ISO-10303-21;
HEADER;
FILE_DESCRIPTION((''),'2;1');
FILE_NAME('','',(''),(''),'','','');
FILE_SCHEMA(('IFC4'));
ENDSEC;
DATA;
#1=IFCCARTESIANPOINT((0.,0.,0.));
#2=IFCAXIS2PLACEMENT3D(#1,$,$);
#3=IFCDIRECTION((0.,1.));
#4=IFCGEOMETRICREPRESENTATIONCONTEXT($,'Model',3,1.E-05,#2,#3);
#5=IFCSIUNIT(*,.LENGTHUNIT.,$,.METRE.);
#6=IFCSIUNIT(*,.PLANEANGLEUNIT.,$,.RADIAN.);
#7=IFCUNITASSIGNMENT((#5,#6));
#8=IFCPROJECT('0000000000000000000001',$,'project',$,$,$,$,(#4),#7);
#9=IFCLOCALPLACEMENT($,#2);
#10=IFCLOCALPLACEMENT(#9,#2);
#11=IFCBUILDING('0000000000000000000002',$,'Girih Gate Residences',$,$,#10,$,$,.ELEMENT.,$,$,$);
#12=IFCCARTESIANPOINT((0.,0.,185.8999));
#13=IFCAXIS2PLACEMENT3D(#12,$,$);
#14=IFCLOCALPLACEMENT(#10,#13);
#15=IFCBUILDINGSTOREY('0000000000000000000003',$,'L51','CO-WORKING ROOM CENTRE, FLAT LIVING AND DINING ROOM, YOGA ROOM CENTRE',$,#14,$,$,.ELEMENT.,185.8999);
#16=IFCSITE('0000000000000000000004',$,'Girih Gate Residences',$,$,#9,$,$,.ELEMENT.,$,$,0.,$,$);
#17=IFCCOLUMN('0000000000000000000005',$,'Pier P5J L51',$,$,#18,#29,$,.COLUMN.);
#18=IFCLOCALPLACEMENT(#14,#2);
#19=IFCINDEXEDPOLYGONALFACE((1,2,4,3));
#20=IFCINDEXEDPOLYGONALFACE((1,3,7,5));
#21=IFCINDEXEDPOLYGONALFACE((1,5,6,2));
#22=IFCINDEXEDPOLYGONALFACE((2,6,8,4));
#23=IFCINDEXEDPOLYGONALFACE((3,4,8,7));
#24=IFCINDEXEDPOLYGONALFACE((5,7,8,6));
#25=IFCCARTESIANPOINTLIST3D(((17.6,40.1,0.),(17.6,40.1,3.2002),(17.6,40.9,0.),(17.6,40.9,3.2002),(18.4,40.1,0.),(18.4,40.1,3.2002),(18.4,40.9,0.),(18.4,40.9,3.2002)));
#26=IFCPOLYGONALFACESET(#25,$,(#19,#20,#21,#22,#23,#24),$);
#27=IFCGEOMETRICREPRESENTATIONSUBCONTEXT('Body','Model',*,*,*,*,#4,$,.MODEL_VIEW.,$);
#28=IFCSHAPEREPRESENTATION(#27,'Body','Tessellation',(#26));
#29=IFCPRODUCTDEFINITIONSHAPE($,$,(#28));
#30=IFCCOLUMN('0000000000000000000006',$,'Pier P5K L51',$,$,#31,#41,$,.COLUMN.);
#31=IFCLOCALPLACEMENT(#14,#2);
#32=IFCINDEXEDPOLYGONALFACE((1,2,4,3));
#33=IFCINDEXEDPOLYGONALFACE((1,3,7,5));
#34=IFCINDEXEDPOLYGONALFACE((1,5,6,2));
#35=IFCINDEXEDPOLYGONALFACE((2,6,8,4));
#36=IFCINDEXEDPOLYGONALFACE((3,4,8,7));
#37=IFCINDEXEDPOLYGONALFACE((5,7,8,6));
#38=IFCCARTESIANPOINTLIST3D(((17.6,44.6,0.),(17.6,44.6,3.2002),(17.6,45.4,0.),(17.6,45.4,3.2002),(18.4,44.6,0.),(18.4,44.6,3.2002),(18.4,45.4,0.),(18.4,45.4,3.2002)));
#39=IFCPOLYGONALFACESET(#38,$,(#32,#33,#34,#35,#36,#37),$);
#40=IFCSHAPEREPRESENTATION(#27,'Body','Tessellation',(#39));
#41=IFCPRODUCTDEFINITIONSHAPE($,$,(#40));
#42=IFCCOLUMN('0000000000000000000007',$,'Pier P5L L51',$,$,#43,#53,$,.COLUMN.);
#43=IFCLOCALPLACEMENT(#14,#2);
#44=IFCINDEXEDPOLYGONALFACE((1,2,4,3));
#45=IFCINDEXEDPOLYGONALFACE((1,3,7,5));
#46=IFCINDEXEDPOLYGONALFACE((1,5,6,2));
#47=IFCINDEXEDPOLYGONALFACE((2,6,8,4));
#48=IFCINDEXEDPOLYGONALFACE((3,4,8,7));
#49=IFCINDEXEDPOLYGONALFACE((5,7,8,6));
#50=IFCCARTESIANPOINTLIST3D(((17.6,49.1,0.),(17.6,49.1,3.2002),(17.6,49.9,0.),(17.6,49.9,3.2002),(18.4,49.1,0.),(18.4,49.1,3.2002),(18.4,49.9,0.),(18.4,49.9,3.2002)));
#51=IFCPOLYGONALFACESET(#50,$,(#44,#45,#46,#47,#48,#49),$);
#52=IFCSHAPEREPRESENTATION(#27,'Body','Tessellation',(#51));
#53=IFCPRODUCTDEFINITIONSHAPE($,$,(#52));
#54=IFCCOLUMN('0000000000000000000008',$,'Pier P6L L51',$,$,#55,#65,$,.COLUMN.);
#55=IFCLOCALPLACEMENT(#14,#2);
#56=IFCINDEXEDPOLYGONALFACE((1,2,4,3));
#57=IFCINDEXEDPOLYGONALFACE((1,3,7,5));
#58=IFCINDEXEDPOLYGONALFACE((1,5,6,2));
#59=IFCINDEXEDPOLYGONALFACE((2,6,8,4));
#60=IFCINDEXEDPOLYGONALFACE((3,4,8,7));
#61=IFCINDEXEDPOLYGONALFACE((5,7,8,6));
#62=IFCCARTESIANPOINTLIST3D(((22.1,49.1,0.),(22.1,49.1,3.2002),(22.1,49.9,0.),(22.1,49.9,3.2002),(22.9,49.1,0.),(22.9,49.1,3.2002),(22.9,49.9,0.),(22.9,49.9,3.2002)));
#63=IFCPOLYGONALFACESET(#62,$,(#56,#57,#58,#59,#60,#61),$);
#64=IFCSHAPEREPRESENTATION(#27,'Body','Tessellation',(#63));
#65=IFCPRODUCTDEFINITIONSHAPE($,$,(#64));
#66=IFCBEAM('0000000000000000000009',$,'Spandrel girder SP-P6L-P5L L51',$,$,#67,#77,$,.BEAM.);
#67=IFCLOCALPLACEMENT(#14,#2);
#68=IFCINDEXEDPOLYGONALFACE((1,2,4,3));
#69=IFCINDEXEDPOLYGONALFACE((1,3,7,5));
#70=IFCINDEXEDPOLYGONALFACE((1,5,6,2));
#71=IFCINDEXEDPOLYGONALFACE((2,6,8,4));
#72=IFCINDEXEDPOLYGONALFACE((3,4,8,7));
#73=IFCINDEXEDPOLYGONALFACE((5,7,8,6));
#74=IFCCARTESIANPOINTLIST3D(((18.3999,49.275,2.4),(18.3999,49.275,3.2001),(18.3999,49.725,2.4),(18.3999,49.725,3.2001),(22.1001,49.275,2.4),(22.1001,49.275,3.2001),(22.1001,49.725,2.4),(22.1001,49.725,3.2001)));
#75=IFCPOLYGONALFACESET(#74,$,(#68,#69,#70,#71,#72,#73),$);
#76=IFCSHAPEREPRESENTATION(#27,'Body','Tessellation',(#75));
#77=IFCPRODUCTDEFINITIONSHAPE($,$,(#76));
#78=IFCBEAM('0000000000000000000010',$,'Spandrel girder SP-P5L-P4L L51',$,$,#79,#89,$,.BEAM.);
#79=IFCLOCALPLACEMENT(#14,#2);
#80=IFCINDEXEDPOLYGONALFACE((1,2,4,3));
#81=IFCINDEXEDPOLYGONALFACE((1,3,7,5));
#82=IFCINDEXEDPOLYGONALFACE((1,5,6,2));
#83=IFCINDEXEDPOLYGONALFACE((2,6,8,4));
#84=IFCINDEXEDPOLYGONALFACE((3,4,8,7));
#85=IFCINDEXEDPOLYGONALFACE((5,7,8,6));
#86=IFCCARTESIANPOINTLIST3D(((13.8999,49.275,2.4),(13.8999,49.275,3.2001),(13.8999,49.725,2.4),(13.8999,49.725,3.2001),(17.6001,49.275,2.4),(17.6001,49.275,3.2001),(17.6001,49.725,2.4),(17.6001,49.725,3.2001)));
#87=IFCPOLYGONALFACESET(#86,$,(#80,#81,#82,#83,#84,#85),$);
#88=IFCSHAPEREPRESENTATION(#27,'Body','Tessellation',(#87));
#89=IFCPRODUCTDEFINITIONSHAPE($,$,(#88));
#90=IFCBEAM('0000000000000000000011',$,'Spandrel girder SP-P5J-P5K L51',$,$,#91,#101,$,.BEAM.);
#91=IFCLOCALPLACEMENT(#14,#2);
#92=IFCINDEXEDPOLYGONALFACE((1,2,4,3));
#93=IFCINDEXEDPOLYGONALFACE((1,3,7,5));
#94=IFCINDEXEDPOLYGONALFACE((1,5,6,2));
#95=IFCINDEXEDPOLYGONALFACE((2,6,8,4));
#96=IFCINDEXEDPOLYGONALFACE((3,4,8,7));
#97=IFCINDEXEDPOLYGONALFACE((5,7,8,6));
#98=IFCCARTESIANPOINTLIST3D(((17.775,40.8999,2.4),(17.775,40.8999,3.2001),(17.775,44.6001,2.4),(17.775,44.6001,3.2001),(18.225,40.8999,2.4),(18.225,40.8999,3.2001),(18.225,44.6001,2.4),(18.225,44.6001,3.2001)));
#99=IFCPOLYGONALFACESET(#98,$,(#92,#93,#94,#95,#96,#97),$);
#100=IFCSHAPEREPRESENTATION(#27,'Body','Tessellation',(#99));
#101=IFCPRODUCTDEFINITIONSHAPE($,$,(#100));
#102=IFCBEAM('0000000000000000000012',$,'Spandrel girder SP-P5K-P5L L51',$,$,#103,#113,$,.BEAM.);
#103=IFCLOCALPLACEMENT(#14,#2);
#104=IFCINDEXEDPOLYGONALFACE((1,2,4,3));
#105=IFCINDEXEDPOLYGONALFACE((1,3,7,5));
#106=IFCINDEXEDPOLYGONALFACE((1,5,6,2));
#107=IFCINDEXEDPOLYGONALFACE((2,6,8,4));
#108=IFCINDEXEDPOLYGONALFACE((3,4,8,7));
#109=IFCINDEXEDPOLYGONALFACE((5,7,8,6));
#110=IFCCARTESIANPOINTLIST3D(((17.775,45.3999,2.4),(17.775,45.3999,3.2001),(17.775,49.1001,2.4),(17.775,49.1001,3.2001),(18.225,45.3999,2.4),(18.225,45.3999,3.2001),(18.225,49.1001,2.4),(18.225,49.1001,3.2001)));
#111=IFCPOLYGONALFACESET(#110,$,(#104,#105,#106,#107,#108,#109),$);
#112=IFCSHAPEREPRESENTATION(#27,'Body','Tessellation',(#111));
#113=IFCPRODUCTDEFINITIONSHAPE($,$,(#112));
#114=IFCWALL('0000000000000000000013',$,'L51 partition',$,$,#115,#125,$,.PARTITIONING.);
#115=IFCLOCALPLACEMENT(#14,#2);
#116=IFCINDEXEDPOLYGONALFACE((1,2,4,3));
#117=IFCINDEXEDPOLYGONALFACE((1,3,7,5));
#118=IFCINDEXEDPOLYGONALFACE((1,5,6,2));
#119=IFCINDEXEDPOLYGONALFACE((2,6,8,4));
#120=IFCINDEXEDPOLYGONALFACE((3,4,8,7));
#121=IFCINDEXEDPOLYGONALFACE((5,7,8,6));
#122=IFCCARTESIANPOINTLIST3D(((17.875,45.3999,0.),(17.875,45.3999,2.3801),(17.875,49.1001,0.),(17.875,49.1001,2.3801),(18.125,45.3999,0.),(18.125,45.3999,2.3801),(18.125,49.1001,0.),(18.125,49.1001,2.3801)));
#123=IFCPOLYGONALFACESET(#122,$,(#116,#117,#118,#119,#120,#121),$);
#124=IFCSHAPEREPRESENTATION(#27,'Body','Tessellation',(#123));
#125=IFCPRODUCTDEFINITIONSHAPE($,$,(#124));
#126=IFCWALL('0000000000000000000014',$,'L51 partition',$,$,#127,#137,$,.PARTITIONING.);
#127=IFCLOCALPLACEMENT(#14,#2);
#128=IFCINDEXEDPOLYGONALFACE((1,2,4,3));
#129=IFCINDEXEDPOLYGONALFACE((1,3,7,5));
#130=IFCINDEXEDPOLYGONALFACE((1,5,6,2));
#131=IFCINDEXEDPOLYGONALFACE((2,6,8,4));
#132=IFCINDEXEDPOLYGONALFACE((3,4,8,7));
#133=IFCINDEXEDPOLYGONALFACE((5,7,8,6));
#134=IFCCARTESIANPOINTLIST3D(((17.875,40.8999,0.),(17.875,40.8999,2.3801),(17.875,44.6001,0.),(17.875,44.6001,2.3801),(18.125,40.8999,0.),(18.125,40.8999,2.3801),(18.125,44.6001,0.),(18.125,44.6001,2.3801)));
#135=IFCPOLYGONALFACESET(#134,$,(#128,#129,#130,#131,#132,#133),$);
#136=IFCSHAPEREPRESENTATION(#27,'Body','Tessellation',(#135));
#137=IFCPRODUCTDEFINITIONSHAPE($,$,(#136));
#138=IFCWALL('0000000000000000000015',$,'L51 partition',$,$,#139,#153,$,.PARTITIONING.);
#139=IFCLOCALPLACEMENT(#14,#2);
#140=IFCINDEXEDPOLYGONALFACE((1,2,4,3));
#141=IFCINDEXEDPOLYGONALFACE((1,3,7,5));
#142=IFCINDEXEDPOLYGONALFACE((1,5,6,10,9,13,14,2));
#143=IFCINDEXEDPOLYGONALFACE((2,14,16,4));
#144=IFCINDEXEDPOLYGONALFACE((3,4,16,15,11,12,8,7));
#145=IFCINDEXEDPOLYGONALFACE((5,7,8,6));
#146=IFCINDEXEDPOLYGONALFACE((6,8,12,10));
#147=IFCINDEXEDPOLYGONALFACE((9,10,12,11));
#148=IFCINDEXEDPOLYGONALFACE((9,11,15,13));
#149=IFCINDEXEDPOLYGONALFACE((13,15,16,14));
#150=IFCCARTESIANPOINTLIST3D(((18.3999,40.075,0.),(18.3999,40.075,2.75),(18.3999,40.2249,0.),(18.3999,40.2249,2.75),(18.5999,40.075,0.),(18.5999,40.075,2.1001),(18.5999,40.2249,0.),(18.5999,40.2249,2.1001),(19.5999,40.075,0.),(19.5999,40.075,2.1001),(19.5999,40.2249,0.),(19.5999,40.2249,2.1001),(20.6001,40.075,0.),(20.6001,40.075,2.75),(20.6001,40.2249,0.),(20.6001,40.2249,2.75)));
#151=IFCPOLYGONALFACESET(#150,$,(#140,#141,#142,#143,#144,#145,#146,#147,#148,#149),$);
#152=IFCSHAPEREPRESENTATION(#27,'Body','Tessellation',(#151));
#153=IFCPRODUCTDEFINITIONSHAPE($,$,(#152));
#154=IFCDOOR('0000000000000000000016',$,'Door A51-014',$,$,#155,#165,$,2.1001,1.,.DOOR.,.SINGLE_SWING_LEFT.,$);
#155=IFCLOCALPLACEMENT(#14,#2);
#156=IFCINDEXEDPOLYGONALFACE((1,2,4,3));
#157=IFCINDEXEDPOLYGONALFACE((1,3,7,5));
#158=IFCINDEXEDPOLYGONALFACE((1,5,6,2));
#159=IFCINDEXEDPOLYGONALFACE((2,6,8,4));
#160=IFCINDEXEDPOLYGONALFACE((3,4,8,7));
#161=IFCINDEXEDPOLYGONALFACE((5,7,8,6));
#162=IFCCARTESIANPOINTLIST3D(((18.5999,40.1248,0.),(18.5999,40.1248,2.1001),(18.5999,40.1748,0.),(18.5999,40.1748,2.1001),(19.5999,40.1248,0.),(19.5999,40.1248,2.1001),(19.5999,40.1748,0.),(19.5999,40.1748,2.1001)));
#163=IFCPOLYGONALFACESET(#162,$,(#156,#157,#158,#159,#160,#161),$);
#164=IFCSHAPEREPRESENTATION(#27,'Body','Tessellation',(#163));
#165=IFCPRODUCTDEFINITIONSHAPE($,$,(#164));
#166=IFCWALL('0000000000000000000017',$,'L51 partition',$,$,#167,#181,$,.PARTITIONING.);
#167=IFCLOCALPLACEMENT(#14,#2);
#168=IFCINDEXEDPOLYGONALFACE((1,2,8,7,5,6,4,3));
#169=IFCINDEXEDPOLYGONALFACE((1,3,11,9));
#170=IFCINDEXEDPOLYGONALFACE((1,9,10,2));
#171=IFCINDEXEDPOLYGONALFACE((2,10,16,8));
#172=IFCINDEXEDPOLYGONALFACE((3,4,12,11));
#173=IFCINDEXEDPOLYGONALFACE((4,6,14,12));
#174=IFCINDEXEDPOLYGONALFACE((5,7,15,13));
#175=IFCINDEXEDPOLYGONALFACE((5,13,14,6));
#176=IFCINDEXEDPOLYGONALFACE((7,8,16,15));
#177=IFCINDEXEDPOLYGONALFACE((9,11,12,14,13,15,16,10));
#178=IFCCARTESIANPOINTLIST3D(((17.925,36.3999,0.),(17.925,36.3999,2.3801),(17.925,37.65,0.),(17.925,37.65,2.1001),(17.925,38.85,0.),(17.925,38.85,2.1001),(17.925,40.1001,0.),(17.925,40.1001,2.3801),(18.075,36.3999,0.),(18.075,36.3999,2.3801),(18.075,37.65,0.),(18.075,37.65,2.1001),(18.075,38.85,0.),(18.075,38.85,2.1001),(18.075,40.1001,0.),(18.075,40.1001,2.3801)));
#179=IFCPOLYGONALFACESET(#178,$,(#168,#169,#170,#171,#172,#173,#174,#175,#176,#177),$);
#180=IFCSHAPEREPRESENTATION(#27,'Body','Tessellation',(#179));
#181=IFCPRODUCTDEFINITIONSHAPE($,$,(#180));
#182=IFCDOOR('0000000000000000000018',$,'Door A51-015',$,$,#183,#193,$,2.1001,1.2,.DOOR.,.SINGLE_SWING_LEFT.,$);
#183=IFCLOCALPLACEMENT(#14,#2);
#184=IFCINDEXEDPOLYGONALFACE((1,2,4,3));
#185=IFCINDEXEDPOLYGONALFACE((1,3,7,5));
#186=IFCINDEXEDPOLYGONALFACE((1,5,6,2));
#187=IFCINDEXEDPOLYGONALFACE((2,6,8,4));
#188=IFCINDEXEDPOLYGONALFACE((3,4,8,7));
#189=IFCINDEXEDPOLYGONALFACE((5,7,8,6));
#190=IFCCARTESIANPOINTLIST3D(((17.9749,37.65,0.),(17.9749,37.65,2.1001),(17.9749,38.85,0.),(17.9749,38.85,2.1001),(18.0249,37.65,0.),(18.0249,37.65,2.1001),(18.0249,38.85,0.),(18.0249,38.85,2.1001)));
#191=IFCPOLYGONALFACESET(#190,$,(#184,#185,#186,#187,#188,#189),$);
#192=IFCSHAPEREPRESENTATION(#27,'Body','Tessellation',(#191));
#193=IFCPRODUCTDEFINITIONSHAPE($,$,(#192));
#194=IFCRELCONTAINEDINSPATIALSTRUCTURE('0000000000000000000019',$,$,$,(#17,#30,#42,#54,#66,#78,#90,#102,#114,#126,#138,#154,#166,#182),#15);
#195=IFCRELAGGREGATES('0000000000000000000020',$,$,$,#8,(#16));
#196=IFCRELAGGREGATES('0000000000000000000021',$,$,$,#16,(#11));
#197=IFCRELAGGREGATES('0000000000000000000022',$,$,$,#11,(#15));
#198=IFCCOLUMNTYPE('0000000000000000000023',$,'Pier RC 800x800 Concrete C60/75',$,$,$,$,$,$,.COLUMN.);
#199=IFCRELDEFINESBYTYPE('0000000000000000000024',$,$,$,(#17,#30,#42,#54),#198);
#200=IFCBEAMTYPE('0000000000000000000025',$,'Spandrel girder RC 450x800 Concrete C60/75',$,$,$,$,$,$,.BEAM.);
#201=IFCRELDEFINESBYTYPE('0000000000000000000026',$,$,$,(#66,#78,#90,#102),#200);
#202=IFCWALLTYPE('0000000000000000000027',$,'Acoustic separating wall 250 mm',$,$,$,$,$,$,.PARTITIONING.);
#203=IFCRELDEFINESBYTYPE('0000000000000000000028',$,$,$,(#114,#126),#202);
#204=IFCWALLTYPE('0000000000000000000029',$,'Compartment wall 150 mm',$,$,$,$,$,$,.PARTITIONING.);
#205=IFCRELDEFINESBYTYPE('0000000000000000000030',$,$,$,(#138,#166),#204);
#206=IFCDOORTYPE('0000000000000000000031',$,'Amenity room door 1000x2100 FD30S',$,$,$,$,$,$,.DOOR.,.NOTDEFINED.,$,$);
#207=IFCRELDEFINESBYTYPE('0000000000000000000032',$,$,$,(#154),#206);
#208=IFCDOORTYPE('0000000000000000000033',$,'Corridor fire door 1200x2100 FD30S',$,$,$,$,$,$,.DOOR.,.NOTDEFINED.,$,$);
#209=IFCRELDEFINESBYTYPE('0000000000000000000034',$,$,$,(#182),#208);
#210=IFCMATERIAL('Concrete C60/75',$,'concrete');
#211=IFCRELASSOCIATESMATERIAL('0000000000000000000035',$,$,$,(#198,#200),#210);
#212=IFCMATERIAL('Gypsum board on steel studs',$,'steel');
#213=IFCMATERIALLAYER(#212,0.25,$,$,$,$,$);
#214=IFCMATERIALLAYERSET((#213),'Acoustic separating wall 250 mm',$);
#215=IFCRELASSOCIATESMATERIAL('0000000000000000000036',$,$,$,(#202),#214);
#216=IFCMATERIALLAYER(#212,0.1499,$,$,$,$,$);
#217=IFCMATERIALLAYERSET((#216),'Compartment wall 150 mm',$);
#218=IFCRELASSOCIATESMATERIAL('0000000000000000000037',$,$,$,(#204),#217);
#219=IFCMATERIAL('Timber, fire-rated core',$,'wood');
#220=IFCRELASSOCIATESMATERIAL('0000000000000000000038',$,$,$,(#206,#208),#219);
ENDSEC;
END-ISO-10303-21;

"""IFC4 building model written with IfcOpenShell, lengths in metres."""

from ifc_helpers import new_model, si_unit, direction, frame, frame_2d, origin, origin_2d, place, context, subcontext, project, spatial, rectangle, extrude, material, layer, layer_set, material_profile, profile_set, type_object, element, fill, save


model = new_model("IFC4")

# Units and contexts
model_context = context("Model", 3, precision=1e-05, world=origin(), true_north=direction((0.0, 1.0)))
body_context = subcontext(model_context, "Body", "Model", "MODEL_VIEW")
ifc_project = project(units=[si_unit("LENGTHUNIT", "METRE"), si_unit("PLANEANGLEUNIT", "RADIAN")], contexts=[model_context])

# Site, building, storey
site_placement = place(None, origin())
site = spatial("IfcSite", under=ifc_project, at=site_placement, Name="Girih Gate Residences", CompositionType="ELEMENT", RefElevation=0.0)
building_placement = place(site_placement, origin())
building = spatial("IfcBuilding", under=site, at=building_placement, Name="Girih Gate Residences", CompositionType="ELEMENT")
storey_placement = place(building_placement, frame((0.0, 0.0, 185.8999)))
storey = spatial("IfcBuildingStorey", under=building, at=storey_placement, Name="L51", Description="CO-WORKING ROOM CENTRE, FLAT LIVING AND DINING ROOM, YOGA ROOM CENTRE", CompositionType="ELEMENT", Elevation=185.8999)

# Columns
ifc_material_1 = material(Name="Concrete C60/75", Category="concrete")
ifc_material_profile_1 = material_profile(ifc_material_1, rectangle(XDim=0.8, YDim=0.8, at=origin_2d()))
ifc_profile_set_1 = profile_set([ifc_material_profile_1], Name="Concrete C60/75")
column_type = type_object("IfcColumnType", Name="Pier RC 800x800 Concrete C60/75", PredefinedType="COLUMN", material=ifc_profile_set_1)
for number, where, z_axis, x_axis, name in (
    (1, (18.0, 40.5, 0.0), (0.0, 0.0, 1.0), (1.0, 0.0, 0.0), "Pier P5J L51"),
    (2, (18.0, 45.0, 0.0), (0.0, 0.0, 1.0), (1.0, 0.0, 0.0), "Pier P5K L51"),
    (3, (18.0, 49.5, 0.0), (0.0, 0.0, 1.0), (1.0, 0.0, 0.0), "Pier P5L L51"),
    (4, (22.5, 49.5, 0.0), (0.0, 0.0, 1.0), (1.0, 0.0, 0.0), "Pier P6L L51"),
):
    element("IfcColumn", number, at=place(storey_placement, frame(where, z_axis=z_axis, x_axis=x_axis)), inside=storey, type_object=column_type, Name=name, PredefinedType="COLUMN", context=body_context, shape_type="SweptSolid", body=[
        extrude(rectangle(XDim=0.8, YDim=0.8, at=origin_2d()), origin(), (0.0, 0.0, 1.0), 3.2002),
    ])

# Beams
ifc_material_profile_2 = material_profile(ifc_material_1, rectangle(XDim=0.45, YDim=0.8, at=origin_2d()))
ifc_profile_set_2 = profile_set([ifc_material_profile_2], Name="Concrete C60/75")
beam_type = type_object("IfcBeamType", Name="Spandrel girder RC 450x800 Concrete C60/75", PredefinedType="BEAM", material=ifc_profile_set_2)
for number, where, z_axis, x_axis, name in (
    (5, (22.1001, 49.5, 2.8), (-1.0, 0.0, 0.0), (0.0, -1.0, 0.0), "Spandrel girder SP-P6L-P5L L51"),
    (6, (17.6001, 49.5, 2.8), (-1.0, 0.0, 0.0), (0.0, -1.0, 0.0), "Spandrel girder SP-P5L-P4L L51"),
    (7, (18.0, 40.8999, 2.8), (0.0, 1.0, 0.0), (-1.0, 0.0, 0.0), "Spandrel girder SP-P5J-P5K L51"),
    (8, (18.0, 45.3999, 2.8), (0.0, 1.0, 0.0), (-1.0, 0.0, 0.0), "Spandrel girder SP-P5K-P5L L51"),
):
    element("IfcBeam", number, at=place(storey_placement, frame(where, z_axis=z_axis, x_axis=x_axis)), inside=storey, type_object=beam_type, Name=name, PredefinedType="BEAM", context=body_context, shape_type="SweptSolid", body=[
        extrude(rectangle(XDim=0.45, YDim=0.8, at=origin_2d()), origin(), (0.0, 0.0, 1.0), 3.7002),
    ])

# Walls
ifc_material_2 = material(Name="Gypsum board on steel studs", Category="steel")
ifc_layer_1 = layer(ifc_material_2, 0.25)
ifc_layer_set_1 = layer_set([ifc_layer_1], Name="Acoustic separating wall 250 mm")
wall_type_1 = type_object("IfcWallType", Name="Acoustic separating wall 250 mm", PredefinedType="PARTITIONING", material=ifc_layer_set_1)
for number, where, z_axis, x_axis, name in (
    (9, (18.0, 45.3999, 0.0), (0.0, 0.0, 1.0), (0.0, 1.0, 0.0), "L51 partition"),
    (10, (18.0, 40.8999, 0.0), (0.0, 0.0, 1.0), (0.0, 1.0, 0.0), "L51 partition"),
):
    element("IfcWall", number, at=place(storey_placement, frame(where, z_axis=z_axis, x_axis=x_axis)), inside=storey, type_object=wall_type_1, Name=name, PredefinedType="PARTITIONING", context=body_context, shape_type="SweptSolid", body=[
        extrude(rectangle(XDim=3.7002, YDim=0.25, at=frame_2d((1.8501, 0.0))), origin(), (0.0, 0.0, 1.0), 2.3801),
    ])

# Walls, openings, doors
ifc_layer_2 = layer(ifc_material_2, 0.1499)
ifc_layer_set_2 = layer_set([ifc_layer_2], Name="Compartment wall 150 mm")
wall_type_2 = type_object("IfcWallType", Name="Compartment wall 150 mm", PredefinedType="PARTITIONING", material=ifc_layer_set_2)
wall_1_placement = place(storey_placement, frame((18.3999, 40.1499, 0.0), z_axis=(0.0, 0.0, 1.0), x_axis=(1.0, 0.0, 0.0)))
wall_1 = element("IfcWall", 11, at=wall_1_placement, inside=storey, type_object=wall_type_2, Name="L51 partition", PredefinedType="PARTITIONING", context=body_context, shape_type="SweptSolid", body=[
    extrude(rectangle(XDim=2.2002, YDim=0.1499, at=frame_2d((1.1001, 0.0))), origin(), (0.0, 0.0, 1.0), 2.75),
])
opening_1_placement = place(wall_1_placement, frame((0.2, 0.0, 0.0)))
opening_1 = element("IfcOpeningElement", 12, at=opening_1_placement, cuts=wall_1, PredefinedType="OPENING", context=body_context, shape_type="SweptSolid", body=[
    extrude(rectangle(XDim=1.0, YDim=2.1001, at=frame_2d((0.5, 1.05))), frame((0.0, 0.085, 0.0), z_axis=(0.0, -1.0, 0.0), x_axis=(1.0, 0.0, 0.0)), (0.0, 0.0, 1.0), 0.1699),
])
ifc_material_3 = material(Name="Timber, fire-rated core", Category="wood")
door_type_1 = type_object("IfcDoorType", Name="Amenity room door 1000x2100 FD30S", OperationType="NOTDEFINED", PredefinedType="DOOR", material=ifc_material_3)
door_1_placement = place(opening_1_placement, origin())
door_1 = element("IfcDoor", 13, at=door_1_placement, inside=storey, type_object=door_type_1, Name="Door A51-014", OperationType="SINGLE_SWING_LEFT", OverallHeight=2.1001, OverallWidth=1.0, PredefinedType="DOOR", context=body_context, shape_type="SweptSolid", body=[
    extrude(rectangle(XDim=1.0, YDim=2.1001, at=frame_2d((0.5, 1.05))), frame((0.0, 0.0249, 0.0), z_axis=(0.0, -1.0, 0.0), x_axis=(1.0, 0.0, 0.0)), (0.0, 0.0, 1.0), 0.05),
])
fill(opening_1, door_1)
wall_2_placement = place(storey_placement, frame((18.0, 40.1001, 0.0), z_axis=(0.0, 0.0, 1.0), x_axis=(0.0, -1.0, 0.0)))
wall_2 = element("IfcWall", 14, at=wall_2_placement, inside=storey, type_object=wall_type_2, Name="L51 partition", PredefinedType="PARTITIONING", context=body_context, shape_type="SweptSolid", body=[
    extrude(rectangle(XDim=3.7002, YDim=0.1499, at=frame_2d((1.8501, 0.0))), origin(), (0.0, 0.0, 1.0), 2.3801),
])
opening_2_placement = place(wall_2_placement, frame((1.25, 0.0, 0.0)))
opening_2 = element("IfcOpeningElement", 15, at=opening_2_placement, cuts=wall_2, PredefinedType="OPENING", context=body_context, shape_type="SweptSolid", body=[
    extrude(rectangle(XDim=1.2, YDim=2.1001, at=frame_2d((0.6001, 1.05))), frame((0.0, 0.085, 0.0), z_axis=(0.0, -1.0, 0.0), x_axis=(1.0, 0.0, 0.0)), (0.0, 0.0, 1.0), 0.1699),
])
door_type_2 = type_object("IfcDoorType", Name="Corridor fire door 1200x2100 FD30S", OperationType="NOTDEFINED", PredefinedType="DOOR", material=ifc_material_3)
door_2_placement = place(opening_2_placement, origin())
door_2 = element("IfcDoor", 16, at=door_2_placement, inside=storey, type_object=door_type_2, Name="Door A51-015", OperationType="SINGLE_SWING_LEFT", OverallHeight=2.1001, OverallWidth=1.2, PredefinedType="DOOR", context=body_context, shape_type="SweptSolid", body=[
    extrude(rectangle(XDim=1.2, YDim=2.1001, at=frame_2d((0.6001, 1.05))), frame((0.0, 0.0249, 0.0), z_axis=(0.0, -1.0, 0.0), x_axis=(1.0, 0.0, 0.0)), (0.0, 0.0, 1.0), 0.05),
])
fill(opening_2, door_2)

save(model, "model.ifc")
